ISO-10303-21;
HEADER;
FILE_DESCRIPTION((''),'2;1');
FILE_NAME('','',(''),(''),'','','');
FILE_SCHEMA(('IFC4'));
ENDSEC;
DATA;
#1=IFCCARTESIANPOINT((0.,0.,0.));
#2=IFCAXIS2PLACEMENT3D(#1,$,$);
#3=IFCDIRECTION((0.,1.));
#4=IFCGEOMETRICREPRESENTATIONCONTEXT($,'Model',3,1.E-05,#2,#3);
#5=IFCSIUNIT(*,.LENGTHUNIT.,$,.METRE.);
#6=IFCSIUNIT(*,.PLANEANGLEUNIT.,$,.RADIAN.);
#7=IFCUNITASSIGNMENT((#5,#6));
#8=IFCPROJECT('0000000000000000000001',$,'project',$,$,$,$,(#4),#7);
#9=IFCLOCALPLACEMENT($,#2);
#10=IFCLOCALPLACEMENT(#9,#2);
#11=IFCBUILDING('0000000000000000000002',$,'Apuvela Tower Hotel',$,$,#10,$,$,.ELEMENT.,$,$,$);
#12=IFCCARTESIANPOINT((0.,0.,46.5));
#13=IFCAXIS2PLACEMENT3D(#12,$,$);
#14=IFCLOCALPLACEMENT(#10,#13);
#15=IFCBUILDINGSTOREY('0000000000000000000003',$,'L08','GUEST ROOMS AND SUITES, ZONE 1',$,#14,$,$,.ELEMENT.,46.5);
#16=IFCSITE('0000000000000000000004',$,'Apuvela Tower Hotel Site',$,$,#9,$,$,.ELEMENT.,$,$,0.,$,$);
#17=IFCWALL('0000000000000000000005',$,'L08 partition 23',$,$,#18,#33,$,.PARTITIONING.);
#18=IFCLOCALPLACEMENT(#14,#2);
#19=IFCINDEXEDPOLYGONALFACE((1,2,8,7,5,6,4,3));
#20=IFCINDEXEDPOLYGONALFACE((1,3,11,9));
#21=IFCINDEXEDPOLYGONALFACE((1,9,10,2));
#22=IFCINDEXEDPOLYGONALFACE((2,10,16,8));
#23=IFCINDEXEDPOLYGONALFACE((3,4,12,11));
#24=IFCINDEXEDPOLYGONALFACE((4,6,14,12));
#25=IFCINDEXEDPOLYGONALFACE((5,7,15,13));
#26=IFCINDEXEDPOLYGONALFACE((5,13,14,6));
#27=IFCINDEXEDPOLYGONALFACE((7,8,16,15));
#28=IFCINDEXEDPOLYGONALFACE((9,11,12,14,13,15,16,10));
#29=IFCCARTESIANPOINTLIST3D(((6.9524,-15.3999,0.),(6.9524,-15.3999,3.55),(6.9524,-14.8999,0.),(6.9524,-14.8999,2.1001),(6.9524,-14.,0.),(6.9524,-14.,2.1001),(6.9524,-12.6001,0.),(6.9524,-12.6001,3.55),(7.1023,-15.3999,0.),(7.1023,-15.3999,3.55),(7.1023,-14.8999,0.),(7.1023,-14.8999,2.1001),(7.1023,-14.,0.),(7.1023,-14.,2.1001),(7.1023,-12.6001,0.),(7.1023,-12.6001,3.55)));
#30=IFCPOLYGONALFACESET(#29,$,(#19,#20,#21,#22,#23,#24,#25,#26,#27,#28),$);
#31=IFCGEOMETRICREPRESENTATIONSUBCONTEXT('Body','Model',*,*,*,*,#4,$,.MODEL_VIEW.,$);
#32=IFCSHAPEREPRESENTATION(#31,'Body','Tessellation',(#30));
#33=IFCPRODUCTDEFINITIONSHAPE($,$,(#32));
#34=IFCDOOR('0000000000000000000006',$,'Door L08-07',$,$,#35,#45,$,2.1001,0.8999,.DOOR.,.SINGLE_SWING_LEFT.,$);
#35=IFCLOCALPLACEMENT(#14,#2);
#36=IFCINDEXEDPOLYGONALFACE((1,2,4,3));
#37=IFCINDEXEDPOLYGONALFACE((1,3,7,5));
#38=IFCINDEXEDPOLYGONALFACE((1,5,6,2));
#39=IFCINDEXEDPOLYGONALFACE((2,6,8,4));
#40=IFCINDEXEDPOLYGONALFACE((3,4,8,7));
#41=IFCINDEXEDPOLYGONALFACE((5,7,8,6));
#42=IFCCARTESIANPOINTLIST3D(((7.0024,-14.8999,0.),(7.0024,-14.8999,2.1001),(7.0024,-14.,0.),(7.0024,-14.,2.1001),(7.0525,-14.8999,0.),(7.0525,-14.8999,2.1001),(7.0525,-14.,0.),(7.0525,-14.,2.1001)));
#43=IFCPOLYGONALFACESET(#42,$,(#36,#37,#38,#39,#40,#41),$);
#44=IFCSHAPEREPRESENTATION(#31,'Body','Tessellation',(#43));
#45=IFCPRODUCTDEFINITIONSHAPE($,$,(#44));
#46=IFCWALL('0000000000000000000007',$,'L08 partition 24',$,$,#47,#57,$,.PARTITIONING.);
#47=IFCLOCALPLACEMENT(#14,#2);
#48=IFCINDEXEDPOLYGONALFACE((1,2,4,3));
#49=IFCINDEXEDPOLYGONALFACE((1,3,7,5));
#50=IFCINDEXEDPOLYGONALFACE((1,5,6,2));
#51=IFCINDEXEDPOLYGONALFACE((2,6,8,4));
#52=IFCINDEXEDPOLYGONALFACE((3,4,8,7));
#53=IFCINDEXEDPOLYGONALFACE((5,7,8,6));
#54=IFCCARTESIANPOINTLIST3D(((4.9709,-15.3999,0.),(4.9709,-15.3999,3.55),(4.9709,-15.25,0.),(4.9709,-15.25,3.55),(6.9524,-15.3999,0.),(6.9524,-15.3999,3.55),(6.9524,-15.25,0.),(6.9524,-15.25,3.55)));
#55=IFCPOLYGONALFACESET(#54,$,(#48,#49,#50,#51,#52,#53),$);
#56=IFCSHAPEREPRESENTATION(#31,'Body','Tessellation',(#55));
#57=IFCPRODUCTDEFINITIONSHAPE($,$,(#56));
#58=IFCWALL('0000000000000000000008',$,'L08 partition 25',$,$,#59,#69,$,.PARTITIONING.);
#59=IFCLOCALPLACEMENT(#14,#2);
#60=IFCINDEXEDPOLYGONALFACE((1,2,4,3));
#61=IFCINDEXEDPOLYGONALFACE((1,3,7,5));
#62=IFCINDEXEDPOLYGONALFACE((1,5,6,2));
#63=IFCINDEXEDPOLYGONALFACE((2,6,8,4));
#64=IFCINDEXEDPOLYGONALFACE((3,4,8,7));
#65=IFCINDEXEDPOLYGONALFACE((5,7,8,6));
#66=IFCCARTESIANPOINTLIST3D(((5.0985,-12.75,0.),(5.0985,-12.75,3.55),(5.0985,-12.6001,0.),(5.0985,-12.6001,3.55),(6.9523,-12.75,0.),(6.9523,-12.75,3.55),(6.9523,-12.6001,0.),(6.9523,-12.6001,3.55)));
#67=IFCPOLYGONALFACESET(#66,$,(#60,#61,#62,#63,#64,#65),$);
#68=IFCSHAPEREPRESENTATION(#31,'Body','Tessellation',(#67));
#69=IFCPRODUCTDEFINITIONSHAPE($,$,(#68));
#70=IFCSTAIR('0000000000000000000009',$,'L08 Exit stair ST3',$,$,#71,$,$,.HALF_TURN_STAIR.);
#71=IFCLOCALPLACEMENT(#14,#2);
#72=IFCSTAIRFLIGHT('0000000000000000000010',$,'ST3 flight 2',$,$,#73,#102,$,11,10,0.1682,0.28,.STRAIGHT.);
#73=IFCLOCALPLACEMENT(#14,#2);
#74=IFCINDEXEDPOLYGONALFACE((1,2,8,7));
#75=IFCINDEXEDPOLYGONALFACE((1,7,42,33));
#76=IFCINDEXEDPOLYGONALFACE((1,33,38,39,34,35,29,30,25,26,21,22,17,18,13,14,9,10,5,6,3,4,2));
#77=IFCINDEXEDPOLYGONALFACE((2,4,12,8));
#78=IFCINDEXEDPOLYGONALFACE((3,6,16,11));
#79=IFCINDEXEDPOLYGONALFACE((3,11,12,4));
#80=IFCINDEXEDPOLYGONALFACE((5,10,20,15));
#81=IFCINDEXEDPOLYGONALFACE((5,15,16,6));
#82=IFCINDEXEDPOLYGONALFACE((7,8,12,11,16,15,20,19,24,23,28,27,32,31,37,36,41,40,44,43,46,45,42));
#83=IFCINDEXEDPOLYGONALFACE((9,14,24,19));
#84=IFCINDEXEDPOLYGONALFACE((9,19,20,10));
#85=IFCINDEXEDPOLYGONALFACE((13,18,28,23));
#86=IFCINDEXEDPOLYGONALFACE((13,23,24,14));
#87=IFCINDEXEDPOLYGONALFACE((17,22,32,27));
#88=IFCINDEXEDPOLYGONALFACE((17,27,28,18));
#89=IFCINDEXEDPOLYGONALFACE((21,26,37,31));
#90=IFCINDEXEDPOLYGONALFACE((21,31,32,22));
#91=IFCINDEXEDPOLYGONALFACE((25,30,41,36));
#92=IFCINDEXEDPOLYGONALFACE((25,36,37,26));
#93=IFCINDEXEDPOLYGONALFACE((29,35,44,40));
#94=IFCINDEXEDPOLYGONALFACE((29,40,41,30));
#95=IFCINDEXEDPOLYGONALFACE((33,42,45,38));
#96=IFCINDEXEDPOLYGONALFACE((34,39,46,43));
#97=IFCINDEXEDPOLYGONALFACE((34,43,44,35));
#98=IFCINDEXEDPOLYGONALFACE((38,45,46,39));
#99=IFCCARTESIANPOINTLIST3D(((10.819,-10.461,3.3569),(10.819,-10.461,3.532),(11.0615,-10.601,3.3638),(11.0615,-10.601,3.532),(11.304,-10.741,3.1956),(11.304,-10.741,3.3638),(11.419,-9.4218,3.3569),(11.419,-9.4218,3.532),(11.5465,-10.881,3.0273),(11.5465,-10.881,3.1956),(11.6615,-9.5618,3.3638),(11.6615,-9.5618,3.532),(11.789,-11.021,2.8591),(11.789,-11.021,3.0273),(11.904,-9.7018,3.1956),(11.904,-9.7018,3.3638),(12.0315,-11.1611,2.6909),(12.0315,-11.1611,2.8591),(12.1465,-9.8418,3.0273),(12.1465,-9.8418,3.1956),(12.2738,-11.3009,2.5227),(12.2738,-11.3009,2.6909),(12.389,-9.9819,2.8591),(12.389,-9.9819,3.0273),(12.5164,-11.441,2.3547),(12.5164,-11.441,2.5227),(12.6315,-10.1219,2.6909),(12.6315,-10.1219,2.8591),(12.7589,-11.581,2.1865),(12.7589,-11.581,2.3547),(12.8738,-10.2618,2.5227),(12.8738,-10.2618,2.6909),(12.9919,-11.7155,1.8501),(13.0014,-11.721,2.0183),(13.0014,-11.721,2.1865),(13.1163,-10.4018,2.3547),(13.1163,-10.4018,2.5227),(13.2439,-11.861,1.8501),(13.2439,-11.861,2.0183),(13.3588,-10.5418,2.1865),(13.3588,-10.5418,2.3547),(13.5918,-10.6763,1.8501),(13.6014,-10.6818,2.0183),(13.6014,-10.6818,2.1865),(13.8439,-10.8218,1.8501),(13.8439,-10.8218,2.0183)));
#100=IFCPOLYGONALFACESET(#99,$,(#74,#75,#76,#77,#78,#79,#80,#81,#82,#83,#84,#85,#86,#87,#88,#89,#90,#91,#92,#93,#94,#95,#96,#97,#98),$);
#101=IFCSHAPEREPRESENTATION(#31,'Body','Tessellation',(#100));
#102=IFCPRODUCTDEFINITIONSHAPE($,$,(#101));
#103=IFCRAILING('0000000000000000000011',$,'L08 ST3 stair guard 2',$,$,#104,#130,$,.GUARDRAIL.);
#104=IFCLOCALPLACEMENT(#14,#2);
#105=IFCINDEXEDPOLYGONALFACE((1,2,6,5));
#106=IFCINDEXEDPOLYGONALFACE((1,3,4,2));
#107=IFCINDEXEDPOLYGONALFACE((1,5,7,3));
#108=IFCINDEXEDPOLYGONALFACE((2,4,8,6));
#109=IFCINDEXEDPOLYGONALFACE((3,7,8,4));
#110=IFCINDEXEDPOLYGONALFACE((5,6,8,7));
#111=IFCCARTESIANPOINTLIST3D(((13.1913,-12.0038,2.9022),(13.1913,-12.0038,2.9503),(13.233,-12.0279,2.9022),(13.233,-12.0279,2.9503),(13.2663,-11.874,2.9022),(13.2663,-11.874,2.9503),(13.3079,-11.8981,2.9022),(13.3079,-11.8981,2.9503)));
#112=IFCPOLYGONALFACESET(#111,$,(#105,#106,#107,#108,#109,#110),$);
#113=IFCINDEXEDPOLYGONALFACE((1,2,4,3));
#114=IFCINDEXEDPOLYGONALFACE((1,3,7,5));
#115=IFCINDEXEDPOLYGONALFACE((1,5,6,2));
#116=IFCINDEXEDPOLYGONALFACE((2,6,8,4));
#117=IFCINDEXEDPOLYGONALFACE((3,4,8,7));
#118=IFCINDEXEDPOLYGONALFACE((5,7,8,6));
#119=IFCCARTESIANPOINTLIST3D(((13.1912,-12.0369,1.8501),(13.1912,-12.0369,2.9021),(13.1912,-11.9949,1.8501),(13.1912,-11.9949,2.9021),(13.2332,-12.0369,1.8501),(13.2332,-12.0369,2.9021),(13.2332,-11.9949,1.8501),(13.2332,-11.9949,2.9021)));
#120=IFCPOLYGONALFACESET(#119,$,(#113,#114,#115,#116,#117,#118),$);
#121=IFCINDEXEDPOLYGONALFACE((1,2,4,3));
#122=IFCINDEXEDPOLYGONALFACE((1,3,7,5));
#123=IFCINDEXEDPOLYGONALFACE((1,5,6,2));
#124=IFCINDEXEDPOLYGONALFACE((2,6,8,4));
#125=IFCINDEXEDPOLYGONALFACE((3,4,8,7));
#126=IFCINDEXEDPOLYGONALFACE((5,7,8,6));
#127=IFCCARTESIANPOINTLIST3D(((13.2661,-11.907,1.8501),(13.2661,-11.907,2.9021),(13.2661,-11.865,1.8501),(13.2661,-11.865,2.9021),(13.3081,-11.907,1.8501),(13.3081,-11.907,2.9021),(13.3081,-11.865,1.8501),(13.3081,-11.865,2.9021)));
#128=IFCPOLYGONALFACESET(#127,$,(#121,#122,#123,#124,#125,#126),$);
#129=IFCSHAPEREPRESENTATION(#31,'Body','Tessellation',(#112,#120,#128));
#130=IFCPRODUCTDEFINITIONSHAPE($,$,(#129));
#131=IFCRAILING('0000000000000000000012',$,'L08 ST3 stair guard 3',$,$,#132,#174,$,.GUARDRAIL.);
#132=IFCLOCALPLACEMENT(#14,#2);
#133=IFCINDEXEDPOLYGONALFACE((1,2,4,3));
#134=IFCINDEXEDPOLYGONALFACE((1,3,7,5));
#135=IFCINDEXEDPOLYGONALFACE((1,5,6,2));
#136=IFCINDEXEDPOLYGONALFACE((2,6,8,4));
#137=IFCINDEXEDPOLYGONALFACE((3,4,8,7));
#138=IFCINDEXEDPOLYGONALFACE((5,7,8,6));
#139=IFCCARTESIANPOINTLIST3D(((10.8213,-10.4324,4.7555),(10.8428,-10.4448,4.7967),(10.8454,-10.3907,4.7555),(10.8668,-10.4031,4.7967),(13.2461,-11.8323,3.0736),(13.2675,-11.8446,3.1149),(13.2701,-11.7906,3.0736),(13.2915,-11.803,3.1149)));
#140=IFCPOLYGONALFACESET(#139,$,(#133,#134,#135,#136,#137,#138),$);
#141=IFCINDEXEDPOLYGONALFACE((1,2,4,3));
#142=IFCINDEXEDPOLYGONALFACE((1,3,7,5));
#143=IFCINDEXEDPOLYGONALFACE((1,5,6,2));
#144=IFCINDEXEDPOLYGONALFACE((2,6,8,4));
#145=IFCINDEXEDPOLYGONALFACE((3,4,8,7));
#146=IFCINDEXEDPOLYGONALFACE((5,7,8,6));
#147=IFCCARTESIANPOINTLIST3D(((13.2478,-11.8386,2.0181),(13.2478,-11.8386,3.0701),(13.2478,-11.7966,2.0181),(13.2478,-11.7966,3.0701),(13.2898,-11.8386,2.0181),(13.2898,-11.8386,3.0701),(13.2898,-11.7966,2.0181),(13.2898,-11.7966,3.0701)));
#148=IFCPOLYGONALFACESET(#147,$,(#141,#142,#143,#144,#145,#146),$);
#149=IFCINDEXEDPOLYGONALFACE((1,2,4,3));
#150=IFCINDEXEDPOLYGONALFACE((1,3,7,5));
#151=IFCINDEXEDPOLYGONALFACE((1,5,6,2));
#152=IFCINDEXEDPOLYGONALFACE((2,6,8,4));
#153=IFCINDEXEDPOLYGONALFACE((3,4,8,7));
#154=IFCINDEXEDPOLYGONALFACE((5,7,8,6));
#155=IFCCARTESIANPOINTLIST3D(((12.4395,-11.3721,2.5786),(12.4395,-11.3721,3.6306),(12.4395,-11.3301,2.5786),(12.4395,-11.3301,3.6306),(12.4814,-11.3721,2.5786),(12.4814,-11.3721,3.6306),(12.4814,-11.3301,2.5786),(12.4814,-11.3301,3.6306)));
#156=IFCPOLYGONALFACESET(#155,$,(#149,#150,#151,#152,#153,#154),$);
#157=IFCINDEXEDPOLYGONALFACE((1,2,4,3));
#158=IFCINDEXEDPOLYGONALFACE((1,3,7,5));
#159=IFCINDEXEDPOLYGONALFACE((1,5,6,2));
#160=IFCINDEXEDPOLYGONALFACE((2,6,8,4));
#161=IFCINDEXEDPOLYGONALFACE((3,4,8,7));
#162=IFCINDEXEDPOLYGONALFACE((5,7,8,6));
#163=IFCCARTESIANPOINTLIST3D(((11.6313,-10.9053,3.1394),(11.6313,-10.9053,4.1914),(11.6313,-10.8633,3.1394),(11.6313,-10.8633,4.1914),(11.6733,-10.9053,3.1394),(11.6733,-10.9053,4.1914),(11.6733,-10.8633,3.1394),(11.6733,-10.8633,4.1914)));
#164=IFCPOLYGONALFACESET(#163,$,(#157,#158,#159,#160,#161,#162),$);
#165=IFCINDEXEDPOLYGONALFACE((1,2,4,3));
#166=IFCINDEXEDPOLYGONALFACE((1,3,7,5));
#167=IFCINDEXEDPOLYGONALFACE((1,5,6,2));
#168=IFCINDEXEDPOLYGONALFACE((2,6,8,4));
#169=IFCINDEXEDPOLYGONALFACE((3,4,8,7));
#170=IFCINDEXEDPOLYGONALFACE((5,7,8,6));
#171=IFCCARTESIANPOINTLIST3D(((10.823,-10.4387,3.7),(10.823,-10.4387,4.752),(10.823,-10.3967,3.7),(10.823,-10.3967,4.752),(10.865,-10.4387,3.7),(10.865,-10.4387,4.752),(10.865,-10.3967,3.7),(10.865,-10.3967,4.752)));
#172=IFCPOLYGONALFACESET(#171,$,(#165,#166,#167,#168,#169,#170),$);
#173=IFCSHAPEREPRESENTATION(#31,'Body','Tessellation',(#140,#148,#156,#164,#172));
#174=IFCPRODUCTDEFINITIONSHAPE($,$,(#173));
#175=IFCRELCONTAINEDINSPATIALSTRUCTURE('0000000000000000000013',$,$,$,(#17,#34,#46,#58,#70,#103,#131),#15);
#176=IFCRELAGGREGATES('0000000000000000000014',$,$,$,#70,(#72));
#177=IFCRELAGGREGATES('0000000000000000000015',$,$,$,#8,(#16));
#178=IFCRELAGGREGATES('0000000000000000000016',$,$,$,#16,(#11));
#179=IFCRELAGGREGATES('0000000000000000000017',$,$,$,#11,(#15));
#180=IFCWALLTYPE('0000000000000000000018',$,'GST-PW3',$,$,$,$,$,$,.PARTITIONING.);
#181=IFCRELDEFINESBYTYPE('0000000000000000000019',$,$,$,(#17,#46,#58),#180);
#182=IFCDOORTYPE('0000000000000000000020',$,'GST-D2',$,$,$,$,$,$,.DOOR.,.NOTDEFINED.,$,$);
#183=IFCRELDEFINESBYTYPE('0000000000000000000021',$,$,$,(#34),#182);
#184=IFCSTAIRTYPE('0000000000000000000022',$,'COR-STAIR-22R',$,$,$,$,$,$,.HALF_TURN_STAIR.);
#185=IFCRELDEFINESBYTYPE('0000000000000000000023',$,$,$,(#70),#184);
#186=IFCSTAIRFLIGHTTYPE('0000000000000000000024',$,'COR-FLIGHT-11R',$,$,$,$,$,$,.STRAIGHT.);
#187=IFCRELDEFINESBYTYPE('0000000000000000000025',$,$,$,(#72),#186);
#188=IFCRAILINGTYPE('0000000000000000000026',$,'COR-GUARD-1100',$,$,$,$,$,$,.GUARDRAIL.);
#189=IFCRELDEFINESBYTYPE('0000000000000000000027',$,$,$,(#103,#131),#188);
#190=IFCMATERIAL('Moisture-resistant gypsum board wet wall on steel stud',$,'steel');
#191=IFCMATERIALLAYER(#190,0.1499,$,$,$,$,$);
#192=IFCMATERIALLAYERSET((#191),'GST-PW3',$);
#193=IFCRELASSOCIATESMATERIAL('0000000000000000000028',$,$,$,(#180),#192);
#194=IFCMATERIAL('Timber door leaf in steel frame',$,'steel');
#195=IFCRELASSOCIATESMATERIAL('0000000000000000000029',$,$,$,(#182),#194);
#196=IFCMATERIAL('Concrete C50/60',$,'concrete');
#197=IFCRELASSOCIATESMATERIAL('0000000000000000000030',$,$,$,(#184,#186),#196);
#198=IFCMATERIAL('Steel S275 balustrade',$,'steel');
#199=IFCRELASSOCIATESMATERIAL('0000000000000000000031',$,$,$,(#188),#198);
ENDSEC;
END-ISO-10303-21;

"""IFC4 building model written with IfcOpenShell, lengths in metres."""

from ifc_helpers import new_model, si_unit, direction, frame, frame_2d, origin, origin_2d, place, context, subcontext, project, spatial, polyline, rectangle, outline, extrude, material, layer, layer_set, type_object, element, fill, aggregate, save


model = new_model("IFC4")

# Units and contexts
model_context = context("Model", 3, precision=1e-05, world=origin(), true_north=direction((0.0, 1.0)))
body_context = subcontext(model_context, "Body", "Model", "MODEL_VIEW")
ifc_project = project(units=[si_unit("LENGTHUNIT", "METRE"), si_unit("PLANEANGLEUNIT", "RADIAN")], contexts=[model_context])

# Site, building, storey
site_placement = place(None, origin())
site = spatial("IfcSite", under=ifc_project, at=site_placement, Name="Apuvela Tower Hotel Site", CompositionType="ELEMENT", RefElevation=0.0)
building_placement = place(site_placement, origin())
building = spatial("IfcBuilding", under=site, at=building_placement, Name="Apuvela Tower Hotel", CompositionType="ELEMENT")
storey_placement = place(building_placement, frame((0.0, 0.0, 46.5)))
storey = spatial("IfcBuildingStorey", under=building, at=storey_placement, Name="L08", Description="GUEST ROOMS AND SUITES, ZONE 1", CompositionType="ELEMENT", Elevation=46.5)

# Shared definitions
ifc_material_1 = material(Name="Concrete C50/60", Category="concrete")

# Wall, opening, door
ifc_material_2 = material(Name="Moisture-resistant gypsum board wet wall on steel stud", Category="steel")
ifc_layer_1 = layer(ifc_material_2, 0.1499)
ifc_layer_set_1 = layer_set([ifc_layer_1], Name="GST-PW3")
wall_type_1 = type_object("IfcWallType", Name="GST-PW3", PredefinedType="PARTITIONING", material=ifc_layer_set_1)
wall_1_placement = place(storey_placement, frame((7.0273, -15.3999, 0.0), z_axis=(0.0, 0.0, 1.0), x_axis=(0.0, 1.0, 0.0)))
wall_1 = element("IfcWall", 1, at=wall_1_placement, inside=storey, type_object=wall_type_1, Name="L08 partition 23", PredefinedType="PARTITIONING", context=body_context, shape_type="SweptSolid", body=[
    extrude(rectangle(XDim=2.7998, YDim=0.1499, at=frame_2d((1.3999, 0.0))), origin(), (0.0, 0.0, 1.0), 3.55),
])
opening_1_placement = place(wall_1_placement, frame((0.5, 0.0, 0.0)))
opening_1 = element("IfcOpeningElement", 2, at=opening_1_placement, cuts=wall_1, PredefinedType="OPENING", context=body_context, shape_type="SweptSolid", body=[
    extrude(rectangle(XDim=0.8999, YDim=2.1001, at=frame_2d((0.45, 1.05))), frame((0.0, 0.085, 0.0), z_axis=(0.0, -1.0, 0.0), x_axis=(1.0, 0.0, 0.0)), (0.0, 0.0, 1.0), 0.1699),
])
ifc_material_3 = material(Name="Timber door leaf in steel frame", Category="steel")
door_type_1 = type_object("IfcDoorType", Name="GST-D2", OperationType="NOTDEFINED", PredefinedType="DOOR", material=ifc_material_3)
door_1_placement = place(opening_1_placement, origin())
door_1 = element("IfcDoor", 3, at=door_1_placement, inside=storey, type_object=door_type_1, Name="Door L08-07", OperationType="SINGLE_SWING_LEFT", OverallHeight=2.1001, OverallWidth=0.8999, PredefinedType="DOOR", context=body_context, shape_type="SweptSolid", body=[
    extrude(rectangle(XDim=0.8999, YDim=2.1001, at=frame_2d((0.45, 1.05))), frame((0.0, 0.0249, 0.0), z_axis=(0.0, -1.0, 0.0), x_axis=(1.0, 0.0, 0.0)), (0.0, 0.0, 1.0), 0.05),
])
fill(opening_1, door_1)

# Walls
wall_2_placement = place(storey_placement, frame((4.9709, -15.325, 0.0), z_axis=(0.0, 0.0, 1.0), x_axis=(1.0, 0.0, 0.0)))
element("IfcWall", 4, at=wall_2_placement, inside=storey, type_object=wall_type_1, Name="L08 partition 24", PredefinedType="PARTITIONING", context=body_context, shape_type="SweptSolid", body=[
    extrude(rectangle(XDim=1.9814, YDim=0.1499, at=frame_2d((0.9907, 0.0))), origin(), (0.0, 0.0, 1.0), 3.55),
])
wall_3_placement = place(storey_placement, frame((5.0986, -12.675, 0.0), z_axis=(0.0, 0.0, 1.0), x_axis=(1.0, 0.0, 0.0)))
element("IfcWall", 5, at=wall_3_placement, inside=storey, type_object=wall_type_1, Name="L08 partition 25", PredefinedType="PARTITIONING", context=body_context, shape_type="SweptSolid", body=[
    extrude(rectangle(XDim=1.8538, YDim=0.1499, at=frame_2d((0.9268, 0.0))), origin(), (0.0, 0.0, 1.0), 3.55),
])

# Stair, stair flight
stair_type = type_object("IfcStairType", Name="COR-STAIR-22R", PredefinedType="HALF_TURN_STAIR", material=ifc_material_1)
stair_placement = place(storey_placement, origin())
stair = element("IfcStair", 6, at=stair_placement, inside=storey, type_object=stair_type, Name="L08 Exit stair ST3", PredefinedType="HALF_TURN_STAIR")
stair_flight_type = type_object("IfcStairFlightType", Name="COR-FLIGHT-11R", PredefinedType="STRAIGHT", material=ifc_material_1)
stair_flight_placement = place(storey_placement, frame((13.5439, -11.3413, 1.8501), z_axis=(0.0, 0.0, 1.0), x_axis=(-0.866025, 0.5, 0.0)))
stair_flight = element("IfcStairFlight", 7, at=stair_flight_placement, type_object=stair_flight_type, Name="ST3 flight 2", NumberOfRisers=11, NumberOfTreads=10, PredefinedType="STRAIGHT", RiserHeight=0.1682, TreadLength=0.28, context=body_context, shape_type="SweptSolid", body=[
    extrude(outline(polyline([(0.0, 0.0), (0.0, 0.1682), (0.28, 0.1682), (0.28, 0.3364), (0.5601, 0.3364), (0.5601, 0.5046), (0.8401, 0.5046), (0.8401, 0.6726), (1.1201, 0.6726), (1.1201, 0.8408), (1.3999, 0.8408), (1.3999, 1.009), (1.6799, 1.009), (1.6799, 1.1772), (1.96, 1.1772), (1.96, 1.3455), (2.24, 1.3455), (2.24, 1.5137), (2.52, 1.5137), (2.52, 1.6819), (2.8, 1.6819), (2.8, 1.8501), (2.8, 1.5068), (0.291, 0.0), (0.0, 0.0)])), frame((0.0, 0.6001, 0.0), z_axis=(0.0, -1.0, 0.0), x_axis=(1.0, 0.0, 0.0)), (0.0, 0.0, 1.0), 1.2),
])
aggregate(stair, [stair_flight])

# Railings
ifc_material_4 = material(Name="Steel S275 balustrade", Category="steel")
railing_type_1 = type_object("IfcRailingType", Name="COR-GUARD-1100", PredefinedType="GUARDRAIL", material=ifc_material_4)
railing_1_placement = place(storey_placement, frame((13.2122, -12.0159, 1.8501)))
element("IfcRailing", 8, at=railing_1_placement, inside=storey, type_object=railing_type_1, Name="L08 ST3 stair guard 2", PredefinedType="GUARDRAIL", context=body_context, shape_type="SweptSolid", body=[
    extrude(rectangle(XDim=0.0481, YDim=0.0481, at=origin_2d()), frame((0.0, 0.0, 1.0762), z_axis=(0.499816, 0.866131, 0.0), x_axis=(-0.866131, 0.499816, 0.0)), (0.0, 0.0, 1.0), 0.1499),
    extrude(rectangle(XDim=0.042, YDim=0.042, at=origin_2d()), origin(), (0.0, 0.0, 1.0), 1.052),
    extrude(rectangle(XDim=0.042, YDim=0.042, at=origin_2d()), frame((0.075, 0.1299, 0.0)), (0.0, 0.0, 1.0), 1.052),
])
railing_2_placement = place(storey_placement, frame((13.2688, -11.8176, 2.0181)))
element("IfcRailing", 9, at=railing_2_placement, inside=storey, type_object=railing_type_1, Name="L08 ST3 stair guard 3", PredefinedType="GUARDRAIL", context=body_context, shape_type="SweptSolid", body=[
    extrude(rectangle(XDim=0.0481, YDim=0.0481, at=origin_2d()), frame((0.0, 0.0, 1.0762), z_axis=(-0.74239, 0.428601, 0.514934), x_axis=(-0.499984, -0.866035, 0.0)), (0.0, 0.0, 1.0), 3.2661),
    extrude(rectangle(XDim=0.042, YDim=0.042, at=origin_2d()), origin(), (0.0, 0.0, 1.0), 1.052),
    extrude(rectangle(XDim=0.042, YDim=0.042, at=origin_2d()), frame((-0.8083, 0.4666, 0.5605)), (0.0, 0.0, 1.0), 1.052),
    extrude(rectangle(XDim=0.042, YDim=0.042, at=origin_2d()), frame((-1.6165, 0.9333, 1.1213)), (0.0, 0.0, 1.0), 1.052),
    extrude(rectangle(XDim=0.042, YDim=0.042, at=origin_2d()), frame((-2.4248, 1.3999, 1.6819)), (0.0, 0.0, 1.0), 1.052),
])

save(model, "model.ifc")
